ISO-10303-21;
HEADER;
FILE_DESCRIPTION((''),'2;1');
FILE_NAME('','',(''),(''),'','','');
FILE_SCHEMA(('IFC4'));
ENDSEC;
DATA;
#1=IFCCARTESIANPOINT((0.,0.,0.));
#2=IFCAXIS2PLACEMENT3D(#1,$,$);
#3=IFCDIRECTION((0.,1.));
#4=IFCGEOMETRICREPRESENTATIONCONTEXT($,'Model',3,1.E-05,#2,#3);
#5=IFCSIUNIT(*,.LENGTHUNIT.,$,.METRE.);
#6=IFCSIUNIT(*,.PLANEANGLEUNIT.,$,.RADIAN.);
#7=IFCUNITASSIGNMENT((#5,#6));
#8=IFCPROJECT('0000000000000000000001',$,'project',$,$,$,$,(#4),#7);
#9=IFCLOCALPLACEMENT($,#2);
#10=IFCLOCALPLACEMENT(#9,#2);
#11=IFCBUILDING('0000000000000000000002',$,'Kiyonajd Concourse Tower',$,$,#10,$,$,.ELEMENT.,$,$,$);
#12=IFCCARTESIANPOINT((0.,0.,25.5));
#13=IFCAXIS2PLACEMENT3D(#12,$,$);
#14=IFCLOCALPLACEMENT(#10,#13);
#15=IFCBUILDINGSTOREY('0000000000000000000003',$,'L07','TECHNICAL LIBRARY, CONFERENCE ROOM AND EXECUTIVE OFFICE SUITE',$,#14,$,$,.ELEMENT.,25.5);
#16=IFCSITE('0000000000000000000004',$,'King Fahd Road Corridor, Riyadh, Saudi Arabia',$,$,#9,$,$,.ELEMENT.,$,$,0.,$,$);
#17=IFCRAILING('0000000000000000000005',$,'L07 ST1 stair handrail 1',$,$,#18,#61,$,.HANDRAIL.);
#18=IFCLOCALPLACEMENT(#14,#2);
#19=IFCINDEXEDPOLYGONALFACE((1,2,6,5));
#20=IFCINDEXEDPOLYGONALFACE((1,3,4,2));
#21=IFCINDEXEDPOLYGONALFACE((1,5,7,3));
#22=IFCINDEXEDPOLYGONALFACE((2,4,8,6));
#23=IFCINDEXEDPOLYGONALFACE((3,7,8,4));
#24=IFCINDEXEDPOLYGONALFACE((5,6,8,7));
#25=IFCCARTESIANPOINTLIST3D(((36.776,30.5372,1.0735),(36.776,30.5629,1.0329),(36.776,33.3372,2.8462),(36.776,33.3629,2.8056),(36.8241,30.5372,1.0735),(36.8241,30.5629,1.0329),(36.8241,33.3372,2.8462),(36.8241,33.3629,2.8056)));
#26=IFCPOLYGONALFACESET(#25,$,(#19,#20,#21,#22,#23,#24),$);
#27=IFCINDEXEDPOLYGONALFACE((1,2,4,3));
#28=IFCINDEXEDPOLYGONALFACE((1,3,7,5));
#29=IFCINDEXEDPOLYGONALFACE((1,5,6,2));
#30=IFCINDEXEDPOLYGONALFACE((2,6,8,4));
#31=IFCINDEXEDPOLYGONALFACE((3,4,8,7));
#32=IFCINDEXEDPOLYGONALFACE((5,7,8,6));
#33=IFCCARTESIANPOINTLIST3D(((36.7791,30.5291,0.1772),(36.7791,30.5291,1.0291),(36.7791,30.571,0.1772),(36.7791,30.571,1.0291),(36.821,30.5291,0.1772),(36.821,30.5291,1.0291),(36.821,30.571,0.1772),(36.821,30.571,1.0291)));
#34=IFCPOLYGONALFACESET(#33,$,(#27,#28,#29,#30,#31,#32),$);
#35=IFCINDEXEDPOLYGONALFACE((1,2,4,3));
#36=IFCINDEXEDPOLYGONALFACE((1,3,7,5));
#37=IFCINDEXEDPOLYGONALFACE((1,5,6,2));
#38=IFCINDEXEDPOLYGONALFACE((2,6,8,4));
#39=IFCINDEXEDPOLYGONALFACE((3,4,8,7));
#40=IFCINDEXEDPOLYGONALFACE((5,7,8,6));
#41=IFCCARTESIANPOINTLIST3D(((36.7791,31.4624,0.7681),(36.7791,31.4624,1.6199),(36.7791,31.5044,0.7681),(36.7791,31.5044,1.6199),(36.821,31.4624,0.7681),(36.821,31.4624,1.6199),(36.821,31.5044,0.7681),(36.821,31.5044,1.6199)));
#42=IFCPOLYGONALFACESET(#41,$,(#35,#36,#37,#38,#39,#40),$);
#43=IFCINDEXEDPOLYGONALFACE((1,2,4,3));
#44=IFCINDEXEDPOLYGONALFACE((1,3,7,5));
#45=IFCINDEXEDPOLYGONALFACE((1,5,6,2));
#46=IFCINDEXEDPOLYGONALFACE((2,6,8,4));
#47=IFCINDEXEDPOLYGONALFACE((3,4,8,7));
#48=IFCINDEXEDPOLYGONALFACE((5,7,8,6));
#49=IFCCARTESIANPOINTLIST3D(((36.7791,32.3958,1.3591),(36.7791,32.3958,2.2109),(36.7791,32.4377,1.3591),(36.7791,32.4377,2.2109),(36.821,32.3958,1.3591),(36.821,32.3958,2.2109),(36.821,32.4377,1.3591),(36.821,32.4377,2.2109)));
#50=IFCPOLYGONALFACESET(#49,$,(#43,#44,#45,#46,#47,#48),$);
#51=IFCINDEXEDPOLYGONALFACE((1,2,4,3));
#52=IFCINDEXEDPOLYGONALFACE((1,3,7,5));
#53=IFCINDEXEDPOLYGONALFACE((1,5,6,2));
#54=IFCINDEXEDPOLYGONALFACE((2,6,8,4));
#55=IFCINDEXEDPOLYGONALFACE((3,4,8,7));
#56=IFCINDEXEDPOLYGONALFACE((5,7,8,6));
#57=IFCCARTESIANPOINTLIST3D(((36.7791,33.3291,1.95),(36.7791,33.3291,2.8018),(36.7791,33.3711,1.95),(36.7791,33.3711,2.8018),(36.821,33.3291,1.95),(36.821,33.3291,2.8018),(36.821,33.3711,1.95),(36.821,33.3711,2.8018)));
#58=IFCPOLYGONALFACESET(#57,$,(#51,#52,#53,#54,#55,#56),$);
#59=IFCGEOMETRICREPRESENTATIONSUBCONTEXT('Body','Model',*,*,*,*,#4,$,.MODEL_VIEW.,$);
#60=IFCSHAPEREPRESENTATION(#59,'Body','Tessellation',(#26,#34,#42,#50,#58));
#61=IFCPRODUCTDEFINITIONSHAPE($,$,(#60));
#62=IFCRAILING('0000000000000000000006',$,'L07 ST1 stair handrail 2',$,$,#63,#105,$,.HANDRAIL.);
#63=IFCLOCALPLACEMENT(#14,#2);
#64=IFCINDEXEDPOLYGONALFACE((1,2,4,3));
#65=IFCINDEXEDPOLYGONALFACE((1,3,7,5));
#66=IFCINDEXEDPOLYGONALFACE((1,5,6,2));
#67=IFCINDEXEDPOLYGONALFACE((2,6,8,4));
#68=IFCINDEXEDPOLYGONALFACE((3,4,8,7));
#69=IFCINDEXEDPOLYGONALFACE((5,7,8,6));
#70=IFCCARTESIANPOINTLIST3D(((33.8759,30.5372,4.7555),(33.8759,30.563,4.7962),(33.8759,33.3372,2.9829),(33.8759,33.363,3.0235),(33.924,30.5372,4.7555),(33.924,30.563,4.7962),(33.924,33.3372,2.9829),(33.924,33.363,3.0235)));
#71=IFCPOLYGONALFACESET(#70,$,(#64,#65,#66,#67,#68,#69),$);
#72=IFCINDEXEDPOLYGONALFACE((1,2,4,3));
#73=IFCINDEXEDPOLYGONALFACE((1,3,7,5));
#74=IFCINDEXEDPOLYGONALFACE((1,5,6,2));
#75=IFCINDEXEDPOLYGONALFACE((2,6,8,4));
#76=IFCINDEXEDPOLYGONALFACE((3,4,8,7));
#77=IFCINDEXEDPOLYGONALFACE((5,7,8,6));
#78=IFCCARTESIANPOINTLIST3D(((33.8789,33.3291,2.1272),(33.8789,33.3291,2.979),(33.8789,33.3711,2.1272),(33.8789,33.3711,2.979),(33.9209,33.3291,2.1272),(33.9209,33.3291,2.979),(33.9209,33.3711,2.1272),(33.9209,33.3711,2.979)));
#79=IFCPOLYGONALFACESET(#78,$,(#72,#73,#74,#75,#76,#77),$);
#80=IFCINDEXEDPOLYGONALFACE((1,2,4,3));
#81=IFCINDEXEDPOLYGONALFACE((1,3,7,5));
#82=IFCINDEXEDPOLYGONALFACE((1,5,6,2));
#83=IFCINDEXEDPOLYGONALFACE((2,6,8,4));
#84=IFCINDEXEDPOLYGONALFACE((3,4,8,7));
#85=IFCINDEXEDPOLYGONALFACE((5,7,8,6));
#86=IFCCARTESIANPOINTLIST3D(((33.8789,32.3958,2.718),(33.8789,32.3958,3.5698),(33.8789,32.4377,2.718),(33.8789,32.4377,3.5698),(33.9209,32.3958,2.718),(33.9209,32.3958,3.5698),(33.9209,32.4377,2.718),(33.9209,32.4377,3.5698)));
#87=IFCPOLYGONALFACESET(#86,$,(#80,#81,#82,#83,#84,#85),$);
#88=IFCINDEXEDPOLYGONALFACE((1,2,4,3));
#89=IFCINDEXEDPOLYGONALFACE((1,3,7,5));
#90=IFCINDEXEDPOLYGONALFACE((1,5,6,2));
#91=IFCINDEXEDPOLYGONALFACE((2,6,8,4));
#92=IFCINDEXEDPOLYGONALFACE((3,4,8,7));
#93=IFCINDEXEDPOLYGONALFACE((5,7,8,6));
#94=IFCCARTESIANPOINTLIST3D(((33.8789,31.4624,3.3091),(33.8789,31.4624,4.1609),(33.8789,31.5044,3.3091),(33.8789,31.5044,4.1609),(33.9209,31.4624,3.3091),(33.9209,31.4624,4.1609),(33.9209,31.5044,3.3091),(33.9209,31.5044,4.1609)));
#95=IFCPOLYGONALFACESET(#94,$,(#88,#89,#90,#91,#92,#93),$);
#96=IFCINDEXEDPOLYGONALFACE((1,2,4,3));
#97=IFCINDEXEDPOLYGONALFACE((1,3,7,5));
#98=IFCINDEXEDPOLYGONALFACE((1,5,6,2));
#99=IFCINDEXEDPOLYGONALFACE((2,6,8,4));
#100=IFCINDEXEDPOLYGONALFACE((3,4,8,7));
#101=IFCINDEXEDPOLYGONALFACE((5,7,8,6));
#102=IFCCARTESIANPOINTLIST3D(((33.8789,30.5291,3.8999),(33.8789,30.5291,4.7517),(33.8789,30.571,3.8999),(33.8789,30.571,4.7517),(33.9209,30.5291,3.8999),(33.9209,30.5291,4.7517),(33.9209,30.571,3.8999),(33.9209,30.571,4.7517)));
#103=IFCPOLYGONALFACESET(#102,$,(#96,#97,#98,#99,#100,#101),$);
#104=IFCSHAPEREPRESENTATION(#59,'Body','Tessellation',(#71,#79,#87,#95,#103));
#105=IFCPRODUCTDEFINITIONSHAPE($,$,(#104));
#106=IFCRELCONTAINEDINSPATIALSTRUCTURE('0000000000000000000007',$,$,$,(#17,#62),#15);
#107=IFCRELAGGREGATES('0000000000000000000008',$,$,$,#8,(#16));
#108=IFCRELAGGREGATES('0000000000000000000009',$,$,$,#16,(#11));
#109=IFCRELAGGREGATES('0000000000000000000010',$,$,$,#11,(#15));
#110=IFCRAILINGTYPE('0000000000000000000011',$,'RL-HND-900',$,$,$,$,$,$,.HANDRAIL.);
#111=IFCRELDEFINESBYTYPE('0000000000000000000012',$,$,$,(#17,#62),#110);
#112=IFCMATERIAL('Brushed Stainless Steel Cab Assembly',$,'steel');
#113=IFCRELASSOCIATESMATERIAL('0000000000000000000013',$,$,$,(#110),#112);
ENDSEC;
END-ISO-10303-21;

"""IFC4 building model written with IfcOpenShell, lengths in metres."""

from ifc_helpers import new_model, si_unit, direction, frame, origin, origin_2d, place, context, subcontext, project, spatial, rectangle, extrude, material, type_object, element, save


model = new_model("IFC4")

# Units and contexts
model_context = context("Model", 3, precision=1e-05, world=origin(), true_north=direction((0.0, 1.0)))
body_context = subcontext(model_context, "Body", "Model", "MODEL_VIEW")
ifc_project = project(units=[si_unit("LENGTHUNIT", "METRE"), si_unit("PLANEANGLEUNIT", "RADIAN")], contexts=[model_context])

# Site, building, storey
site_placement = place(None, origin())
site = spatial("IfcSite", under=ifc_project, at=site_placement, Name="King Fahd Road Corridor, Riyadh, Saudi Arabia", CompositionType="ELEMENT", RefElevation=0.0)
building_placement = place(site_placement, origin())
building = spatial("IfcBuilding", under=site, at=building_placement, Name="Kiyonajd Concourse Tower", CompositionType="ELEMENT")
storey_placement = place(building_placement, frame((0.0, 0.0, 25.5)))
storey = spatial("IfcBuildingStorey", under=building, at=storey_placement, Name="L07", Description="TECHNICAL LIBRARY, CONFERENCE ROOM AND EXECUTIVE OFFICE SUITE", CompositionType="ELEMENT", Elevation=25.5)

# Shared definitions
ifc_material_1 = material(Name="Brushed Stainless Steel Cab Assembly", Category="steel")

# Railings
railing_type_1 = type_object("IfcRailingType", Name="RL-HND-900", PredefinedType="HANDRAIL", material=ifc_material_1)
railing_1_placement = place(storey_placement, frame((36.8, 30.55, 0.1772)))
element("IfcRailing", 1, at=railing_1_placement, inside=storey, type_object=railing_type_1, Name="L07 ST1 stair handrail 1", PredefinedType="HANDRAIL", context=body_context, shape_type="SweptSolid", body=[
    extrude(rectangle(XDim=0.0481, YDim=0.0481, at=origin_2d()), frame((0.0, 0.0, 0.876), z_axis=(0.0, 0.844909, 0.53491), x_axis=(-1.0, 0.0, 0.0)), (0.0, 0.0, 1.0), 3.314),
    extrude(rectangle(XDim=0.042, YDim=0.042, at=origin_2d()), origin(), (0.0, 0.0, 1.0), 0.8518),
    extrude(rectangle(XDim=0.042, YDim=0.042, at=origin_2d()), frame((0.0, 0.9333, 0.5908)), (0.0, 0.0, 1.0), 0.8518),
    extrude(rectangle(XDim=0.042, YDim=0.042, at=origin_2d()), frame((0.0, 1.8667, 1.1819)), (0.0, 0.0, 1.0), 0.8518),
    extrude(rectangle(XDim=0.042, YDim=0.042, at=origin_2d()), frame((0.0, 2.8, 1.7727)), (0.0, 0.0, 1.0), 0.8518),
])
railing_2_placement = place(storey_placement, frame((33.8999, 33.3501, 2.1272)))
element("IfcRailing", 2, at=railing_2_placement, inside=storey, type_object=railing_type_1, Name="L07 ST1 stair handrail 2", PredefinedType="HANDRAIL", context=body_context, shape_type="SweptSolid", body=[
    extrude(rectangle(XDim=0.0481, YDim=0.0481, at=origin_2d()), frame((0.0, 0.0, 0.876), z_axis=(0.0, -0.844909, 0.53491), x_axis=(1.0, 0.0, 0.0)), (0.0, 0.0, 1.0), 3.314),
    extrude(rectangle(XDim=0.042, YDim=0.042, at=origin_2d()), origin(), (0.0, 0.0, 1.0), 0.8518),
    extrude(rectangle(XDim=0.042, YDim=0.042, at=origin_2d()), frame((0.0, -0.9333, 0.5908)), (0.0, 0.0, 1.0), 0.8518),
    extrude(rectangle(XDim=0.042, YDim=0.042, at=origin_2d()), frame((0.0, -1.8667, 1.1819)), (0.0, 0.0, 1.0), 0.8518),
    extrude(rectangle(XDim=0.042, YDim=0.042, at=origin_2d()), frame((0.0, -2.8, 1.7727)), (0.0, 0.0, 1.0), 0.8518),
])

save(model, "model.ifc")
